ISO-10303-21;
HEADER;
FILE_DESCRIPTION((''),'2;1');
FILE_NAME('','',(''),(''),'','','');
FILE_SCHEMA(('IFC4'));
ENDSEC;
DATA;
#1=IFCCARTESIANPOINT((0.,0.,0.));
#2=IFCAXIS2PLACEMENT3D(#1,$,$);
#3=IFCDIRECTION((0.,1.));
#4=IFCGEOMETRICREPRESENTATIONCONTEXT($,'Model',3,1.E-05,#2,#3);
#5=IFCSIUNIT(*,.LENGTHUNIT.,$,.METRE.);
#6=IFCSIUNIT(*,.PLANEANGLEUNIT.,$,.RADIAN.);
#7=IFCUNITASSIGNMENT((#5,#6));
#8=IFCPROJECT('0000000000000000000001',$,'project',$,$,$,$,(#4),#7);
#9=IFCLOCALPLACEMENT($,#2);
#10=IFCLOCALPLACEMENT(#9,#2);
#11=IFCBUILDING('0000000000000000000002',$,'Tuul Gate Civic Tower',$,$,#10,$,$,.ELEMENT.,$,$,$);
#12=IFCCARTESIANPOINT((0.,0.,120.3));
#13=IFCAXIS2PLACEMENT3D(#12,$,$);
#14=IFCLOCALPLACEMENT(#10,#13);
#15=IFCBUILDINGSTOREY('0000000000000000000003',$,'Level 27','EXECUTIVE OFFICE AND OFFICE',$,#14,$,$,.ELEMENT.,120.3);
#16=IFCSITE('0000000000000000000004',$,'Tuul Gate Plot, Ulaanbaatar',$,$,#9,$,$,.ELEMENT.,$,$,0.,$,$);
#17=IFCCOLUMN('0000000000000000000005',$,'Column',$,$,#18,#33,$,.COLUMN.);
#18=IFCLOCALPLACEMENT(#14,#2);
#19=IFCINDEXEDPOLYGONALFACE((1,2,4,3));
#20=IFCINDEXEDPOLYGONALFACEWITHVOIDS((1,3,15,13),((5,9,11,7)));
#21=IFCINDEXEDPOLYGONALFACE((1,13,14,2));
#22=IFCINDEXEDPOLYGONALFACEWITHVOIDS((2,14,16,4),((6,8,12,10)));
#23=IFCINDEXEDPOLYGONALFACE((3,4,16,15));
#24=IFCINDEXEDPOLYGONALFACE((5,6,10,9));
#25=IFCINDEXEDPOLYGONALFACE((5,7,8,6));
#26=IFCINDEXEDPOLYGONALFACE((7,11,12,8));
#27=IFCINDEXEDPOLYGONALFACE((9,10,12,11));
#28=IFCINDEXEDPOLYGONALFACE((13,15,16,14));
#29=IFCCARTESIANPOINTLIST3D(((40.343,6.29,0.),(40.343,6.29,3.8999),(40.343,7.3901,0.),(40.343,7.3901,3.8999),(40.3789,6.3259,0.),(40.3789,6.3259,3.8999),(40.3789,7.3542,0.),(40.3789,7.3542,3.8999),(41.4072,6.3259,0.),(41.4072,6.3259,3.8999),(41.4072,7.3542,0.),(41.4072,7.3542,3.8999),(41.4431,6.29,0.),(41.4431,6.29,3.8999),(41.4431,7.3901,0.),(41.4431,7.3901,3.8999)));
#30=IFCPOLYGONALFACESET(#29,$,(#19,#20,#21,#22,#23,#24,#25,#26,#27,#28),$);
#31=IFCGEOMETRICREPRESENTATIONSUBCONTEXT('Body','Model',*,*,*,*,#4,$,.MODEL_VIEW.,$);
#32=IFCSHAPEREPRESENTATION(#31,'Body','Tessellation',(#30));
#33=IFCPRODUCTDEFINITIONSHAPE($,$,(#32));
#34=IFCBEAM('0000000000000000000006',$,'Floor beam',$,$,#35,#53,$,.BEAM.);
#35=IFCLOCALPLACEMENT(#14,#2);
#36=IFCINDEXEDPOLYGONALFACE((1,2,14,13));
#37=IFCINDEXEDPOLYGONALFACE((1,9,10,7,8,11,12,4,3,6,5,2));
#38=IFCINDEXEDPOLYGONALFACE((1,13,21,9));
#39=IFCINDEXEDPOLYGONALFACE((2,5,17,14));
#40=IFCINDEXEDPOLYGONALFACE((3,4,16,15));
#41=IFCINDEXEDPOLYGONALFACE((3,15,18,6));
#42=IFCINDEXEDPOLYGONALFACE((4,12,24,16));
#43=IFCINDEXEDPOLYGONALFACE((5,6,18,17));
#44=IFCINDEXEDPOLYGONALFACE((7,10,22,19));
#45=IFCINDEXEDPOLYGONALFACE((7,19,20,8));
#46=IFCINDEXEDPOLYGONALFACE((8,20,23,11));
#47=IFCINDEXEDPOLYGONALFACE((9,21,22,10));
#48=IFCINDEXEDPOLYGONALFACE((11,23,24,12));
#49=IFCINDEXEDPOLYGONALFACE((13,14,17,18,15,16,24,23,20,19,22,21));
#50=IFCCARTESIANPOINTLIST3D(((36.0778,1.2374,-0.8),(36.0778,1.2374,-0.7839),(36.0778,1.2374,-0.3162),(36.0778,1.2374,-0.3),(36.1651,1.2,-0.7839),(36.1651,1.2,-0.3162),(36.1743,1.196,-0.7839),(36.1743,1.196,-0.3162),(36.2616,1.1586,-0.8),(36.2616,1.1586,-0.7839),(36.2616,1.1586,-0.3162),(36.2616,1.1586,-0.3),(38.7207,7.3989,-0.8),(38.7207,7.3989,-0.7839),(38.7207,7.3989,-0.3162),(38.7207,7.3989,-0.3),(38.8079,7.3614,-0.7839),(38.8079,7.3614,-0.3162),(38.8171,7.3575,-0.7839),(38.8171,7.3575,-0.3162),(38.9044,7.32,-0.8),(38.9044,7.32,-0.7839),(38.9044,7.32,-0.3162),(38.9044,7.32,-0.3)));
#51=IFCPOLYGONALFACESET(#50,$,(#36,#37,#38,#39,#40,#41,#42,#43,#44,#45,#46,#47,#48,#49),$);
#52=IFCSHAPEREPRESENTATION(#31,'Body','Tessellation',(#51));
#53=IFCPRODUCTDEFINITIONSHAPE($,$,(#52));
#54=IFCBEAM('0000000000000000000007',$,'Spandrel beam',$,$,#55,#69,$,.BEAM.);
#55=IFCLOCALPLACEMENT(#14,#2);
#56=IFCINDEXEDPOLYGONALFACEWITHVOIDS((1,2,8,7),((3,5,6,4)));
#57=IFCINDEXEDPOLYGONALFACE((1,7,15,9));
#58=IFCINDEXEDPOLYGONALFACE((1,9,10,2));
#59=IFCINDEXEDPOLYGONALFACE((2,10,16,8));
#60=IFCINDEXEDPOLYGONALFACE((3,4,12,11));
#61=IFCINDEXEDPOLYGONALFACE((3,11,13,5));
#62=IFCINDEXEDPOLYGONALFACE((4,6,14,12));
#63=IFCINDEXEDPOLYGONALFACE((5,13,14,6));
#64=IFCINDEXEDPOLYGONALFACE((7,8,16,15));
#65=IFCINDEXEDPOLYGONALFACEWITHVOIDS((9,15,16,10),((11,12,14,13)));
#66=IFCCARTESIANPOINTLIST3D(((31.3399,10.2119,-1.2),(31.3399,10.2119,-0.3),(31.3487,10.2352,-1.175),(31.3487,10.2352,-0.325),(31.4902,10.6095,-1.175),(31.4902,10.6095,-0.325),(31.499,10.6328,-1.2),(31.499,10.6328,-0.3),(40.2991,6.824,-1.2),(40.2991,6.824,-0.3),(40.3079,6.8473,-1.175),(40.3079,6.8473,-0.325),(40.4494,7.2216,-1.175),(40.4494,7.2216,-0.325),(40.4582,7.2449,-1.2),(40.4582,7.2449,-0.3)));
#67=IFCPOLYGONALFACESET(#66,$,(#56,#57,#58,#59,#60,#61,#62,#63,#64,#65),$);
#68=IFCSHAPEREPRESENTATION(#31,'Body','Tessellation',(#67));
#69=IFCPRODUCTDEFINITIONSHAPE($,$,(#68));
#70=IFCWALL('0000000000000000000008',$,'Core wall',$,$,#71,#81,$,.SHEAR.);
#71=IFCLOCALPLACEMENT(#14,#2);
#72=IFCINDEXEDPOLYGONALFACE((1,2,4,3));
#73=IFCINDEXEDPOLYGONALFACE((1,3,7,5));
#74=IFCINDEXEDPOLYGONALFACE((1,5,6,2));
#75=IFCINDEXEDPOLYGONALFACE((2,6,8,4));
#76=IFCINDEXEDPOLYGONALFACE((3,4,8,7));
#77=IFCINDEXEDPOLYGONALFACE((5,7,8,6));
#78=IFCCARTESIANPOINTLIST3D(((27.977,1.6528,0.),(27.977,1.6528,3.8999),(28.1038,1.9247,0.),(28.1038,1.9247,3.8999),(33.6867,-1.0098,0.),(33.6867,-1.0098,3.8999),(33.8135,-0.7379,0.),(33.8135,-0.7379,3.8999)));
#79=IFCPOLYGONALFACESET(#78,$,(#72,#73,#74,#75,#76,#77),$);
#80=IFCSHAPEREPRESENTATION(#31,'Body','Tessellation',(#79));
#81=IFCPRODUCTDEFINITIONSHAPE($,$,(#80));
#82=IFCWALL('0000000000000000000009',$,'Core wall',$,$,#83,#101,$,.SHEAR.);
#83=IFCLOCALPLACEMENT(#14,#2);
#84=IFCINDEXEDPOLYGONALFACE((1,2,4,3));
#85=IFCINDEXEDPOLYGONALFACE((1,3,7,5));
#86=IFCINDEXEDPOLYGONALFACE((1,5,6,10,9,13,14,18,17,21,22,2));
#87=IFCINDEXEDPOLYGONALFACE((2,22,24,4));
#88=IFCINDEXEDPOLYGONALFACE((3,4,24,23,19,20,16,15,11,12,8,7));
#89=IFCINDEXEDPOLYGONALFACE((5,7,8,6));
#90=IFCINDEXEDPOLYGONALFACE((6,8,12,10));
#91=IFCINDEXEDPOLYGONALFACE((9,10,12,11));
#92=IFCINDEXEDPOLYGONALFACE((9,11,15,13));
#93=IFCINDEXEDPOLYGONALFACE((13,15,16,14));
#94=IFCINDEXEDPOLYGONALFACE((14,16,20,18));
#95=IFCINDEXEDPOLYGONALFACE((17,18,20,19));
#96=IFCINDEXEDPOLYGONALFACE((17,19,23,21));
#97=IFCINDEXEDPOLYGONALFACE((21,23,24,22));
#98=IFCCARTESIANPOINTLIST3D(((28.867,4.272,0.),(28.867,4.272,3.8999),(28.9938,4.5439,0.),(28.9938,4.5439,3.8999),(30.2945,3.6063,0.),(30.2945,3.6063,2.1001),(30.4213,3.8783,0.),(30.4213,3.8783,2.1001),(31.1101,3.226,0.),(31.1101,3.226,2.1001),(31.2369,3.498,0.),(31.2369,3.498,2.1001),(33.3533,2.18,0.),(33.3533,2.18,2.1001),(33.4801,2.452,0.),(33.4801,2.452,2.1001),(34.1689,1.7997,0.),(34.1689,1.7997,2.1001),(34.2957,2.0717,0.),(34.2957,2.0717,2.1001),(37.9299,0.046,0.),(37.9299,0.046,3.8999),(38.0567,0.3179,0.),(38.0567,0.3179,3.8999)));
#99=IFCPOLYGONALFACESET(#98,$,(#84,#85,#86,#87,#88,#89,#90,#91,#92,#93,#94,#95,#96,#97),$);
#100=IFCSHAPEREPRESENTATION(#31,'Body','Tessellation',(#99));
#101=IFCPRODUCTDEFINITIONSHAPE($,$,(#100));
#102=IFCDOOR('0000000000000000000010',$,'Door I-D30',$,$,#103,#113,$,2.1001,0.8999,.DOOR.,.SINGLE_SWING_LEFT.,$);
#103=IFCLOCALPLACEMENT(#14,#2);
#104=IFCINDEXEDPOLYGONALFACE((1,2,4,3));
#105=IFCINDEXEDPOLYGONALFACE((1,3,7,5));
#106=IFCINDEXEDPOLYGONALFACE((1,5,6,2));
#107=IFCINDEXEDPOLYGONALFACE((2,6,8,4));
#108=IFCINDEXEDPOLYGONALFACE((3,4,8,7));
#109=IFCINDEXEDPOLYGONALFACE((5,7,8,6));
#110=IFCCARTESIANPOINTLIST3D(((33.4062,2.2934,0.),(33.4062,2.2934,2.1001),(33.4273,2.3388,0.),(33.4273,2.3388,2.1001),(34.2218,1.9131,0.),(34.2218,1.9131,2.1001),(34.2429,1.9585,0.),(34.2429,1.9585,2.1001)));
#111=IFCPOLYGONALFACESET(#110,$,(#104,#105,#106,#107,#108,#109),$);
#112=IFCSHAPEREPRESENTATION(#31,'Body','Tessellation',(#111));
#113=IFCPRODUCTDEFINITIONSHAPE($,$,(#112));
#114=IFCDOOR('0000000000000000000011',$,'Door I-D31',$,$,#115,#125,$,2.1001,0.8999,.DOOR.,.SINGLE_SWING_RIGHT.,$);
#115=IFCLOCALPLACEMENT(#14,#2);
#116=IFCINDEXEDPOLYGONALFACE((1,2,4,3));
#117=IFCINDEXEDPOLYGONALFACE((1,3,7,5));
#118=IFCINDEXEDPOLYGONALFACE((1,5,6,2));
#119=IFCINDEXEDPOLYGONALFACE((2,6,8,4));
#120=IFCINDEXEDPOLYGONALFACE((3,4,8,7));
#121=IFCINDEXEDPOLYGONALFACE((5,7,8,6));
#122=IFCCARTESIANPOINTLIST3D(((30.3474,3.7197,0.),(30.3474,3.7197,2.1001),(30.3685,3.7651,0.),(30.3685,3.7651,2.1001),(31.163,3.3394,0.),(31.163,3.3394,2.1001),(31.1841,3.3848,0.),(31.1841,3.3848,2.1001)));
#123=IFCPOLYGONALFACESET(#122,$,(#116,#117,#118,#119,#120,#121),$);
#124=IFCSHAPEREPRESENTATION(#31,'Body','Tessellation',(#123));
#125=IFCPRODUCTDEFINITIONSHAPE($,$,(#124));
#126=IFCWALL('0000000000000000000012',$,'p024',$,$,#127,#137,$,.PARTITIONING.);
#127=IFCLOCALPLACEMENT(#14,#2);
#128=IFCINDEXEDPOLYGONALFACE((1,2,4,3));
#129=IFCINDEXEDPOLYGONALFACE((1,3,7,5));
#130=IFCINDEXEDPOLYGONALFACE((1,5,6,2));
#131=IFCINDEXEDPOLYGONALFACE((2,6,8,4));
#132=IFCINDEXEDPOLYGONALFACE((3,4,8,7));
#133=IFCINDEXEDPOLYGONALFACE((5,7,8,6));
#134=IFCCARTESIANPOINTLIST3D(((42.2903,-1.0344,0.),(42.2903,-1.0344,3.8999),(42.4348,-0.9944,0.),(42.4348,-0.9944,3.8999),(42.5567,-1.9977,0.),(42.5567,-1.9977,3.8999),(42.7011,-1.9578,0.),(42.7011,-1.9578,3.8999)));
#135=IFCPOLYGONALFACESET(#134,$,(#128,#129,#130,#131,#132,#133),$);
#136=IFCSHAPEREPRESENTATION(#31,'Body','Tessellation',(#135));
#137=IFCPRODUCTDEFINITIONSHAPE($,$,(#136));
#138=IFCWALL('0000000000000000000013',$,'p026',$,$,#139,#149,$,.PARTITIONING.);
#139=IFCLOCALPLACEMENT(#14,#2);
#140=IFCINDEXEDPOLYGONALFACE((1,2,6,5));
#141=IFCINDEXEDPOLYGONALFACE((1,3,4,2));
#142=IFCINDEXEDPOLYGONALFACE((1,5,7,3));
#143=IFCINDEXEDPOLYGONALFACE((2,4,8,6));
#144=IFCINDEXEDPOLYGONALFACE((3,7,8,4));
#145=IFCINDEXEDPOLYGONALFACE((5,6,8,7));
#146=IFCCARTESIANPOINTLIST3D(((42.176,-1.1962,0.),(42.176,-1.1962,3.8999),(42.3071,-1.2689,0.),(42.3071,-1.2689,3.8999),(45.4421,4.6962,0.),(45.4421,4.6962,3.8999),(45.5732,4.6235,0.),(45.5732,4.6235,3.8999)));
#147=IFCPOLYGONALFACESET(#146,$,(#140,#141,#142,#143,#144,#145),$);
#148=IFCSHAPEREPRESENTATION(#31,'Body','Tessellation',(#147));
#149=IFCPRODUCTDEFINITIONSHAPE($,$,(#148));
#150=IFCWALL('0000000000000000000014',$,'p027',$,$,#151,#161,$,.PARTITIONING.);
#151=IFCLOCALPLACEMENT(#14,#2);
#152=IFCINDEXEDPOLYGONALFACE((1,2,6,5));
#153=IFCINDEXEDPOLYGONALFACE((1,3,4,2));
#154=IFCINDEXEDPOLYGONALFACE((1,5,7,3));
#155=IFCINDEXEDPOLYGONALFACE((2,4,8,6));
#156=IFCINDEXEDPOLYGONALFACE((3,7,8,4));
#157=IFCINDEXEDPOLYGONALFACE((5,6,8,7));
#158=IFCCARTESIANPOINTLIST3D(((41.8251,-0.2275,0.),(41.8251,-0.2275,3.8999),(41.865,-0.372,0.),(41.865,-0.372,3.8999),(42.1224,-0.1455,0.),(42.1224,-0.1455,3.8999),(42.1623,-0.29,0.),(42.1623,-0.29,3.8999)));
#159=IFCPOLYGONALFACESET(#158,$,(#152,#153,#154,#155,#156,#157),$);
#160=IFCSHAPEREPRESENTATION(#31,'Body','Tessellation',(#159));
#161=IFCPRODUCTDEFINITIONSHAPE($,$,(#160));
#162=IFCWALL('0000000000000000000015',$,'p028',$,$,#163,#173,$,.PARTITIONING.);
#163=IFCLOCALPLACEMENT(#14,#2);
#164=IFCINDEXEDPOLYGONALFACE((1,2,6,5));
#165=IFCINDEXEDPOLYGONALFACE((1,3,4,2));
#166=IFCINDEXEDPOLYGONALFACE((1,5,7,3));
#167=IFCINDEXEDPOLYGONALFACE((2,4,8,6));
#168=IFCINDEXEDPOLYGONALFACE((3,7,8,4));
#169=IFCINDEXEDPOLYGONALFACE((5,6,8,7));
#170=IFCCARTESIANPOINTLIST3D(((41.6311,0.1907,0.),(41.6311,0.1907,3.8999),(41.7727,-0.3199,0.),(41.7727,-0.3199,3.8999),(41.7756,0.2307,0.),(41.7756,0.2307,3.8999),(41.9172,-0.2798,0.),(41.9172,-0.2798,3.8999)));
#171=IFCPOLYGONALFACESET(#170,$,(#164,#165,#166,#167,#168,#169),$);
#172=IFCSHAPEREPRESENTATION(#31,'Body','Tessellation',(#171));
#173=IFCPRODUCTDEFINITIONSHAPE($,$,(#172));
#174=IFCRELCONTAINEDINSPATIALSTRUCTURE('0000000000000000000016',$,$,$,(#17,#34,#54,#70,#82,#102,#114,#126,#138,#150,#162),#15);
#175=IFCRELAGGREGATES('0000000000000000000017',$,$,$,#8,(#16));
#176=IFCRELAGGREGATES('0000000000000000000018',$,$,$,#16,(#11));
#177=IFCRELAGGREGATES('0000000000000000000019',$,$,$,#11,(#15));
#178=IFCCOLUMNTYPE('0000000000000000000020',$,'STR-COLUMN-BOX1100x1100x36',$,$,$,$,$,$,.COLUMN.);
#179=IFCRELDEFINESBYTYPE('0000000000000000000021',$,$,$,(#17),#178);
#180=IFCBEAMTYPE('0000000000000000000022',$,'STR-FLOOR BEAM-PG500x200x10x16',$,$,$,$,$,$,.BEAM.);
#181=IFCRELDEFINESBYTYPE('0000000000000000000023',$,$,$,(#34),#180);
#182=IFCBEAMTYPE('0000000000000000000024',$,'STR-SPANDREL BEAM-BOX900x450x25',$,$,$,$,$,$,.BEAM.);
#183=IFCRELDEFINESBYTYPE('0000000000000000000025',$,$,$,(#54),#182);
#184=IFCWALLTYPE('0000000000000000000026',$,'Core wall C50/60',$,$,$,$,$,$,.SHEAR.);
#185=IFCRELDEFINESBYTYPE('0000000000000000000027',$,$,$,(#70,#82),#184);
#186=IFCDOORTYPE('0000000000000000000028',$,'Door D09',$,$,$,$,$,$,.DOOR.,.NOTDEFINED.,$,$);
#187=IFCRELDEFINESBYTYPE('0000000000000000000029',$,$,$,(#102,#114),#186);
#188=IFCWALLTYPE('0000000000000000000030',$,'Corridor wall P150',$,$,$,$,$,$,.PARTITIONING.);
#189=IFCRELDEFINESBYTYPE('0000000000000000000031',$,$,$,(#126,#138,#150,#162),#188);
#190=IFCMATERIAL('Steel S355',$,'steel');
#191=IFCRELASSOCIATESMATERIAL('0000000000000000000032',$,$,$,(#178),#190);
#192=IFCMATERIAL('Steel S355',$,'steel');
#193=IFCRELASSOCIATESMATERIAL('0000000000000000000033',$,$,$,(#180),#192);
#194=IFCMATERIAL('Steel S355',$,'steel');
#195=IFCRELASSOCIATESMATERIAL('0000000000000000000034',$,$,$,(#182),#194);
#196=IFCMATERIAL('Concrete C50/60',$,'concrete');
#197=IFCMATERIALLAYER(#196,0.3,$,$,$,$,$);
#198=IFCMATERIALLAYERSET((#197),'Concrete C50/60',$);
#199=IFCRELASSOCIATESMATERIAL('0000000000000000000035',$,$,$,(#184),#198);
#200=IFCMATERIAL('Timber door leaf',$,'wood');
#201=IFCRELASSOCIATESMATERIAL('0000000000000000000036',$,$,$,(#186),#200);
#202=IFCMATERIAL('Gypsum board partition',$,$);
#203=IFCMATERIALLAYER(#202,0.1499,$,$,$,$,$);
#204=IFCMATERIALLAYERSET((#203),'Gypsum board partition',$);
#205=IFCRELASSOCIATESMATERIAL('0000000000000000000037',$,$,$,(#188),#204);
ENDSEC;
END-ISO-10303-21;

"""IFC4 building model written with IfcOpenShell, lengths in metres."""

from ifc_helpers import new_model, si_unit, direction, frame, frame_2d, origin, origin_2d, place, context, subcontext, project, spatial, rectangle, hollow_rectangle, i_section, extrude, material, layer, layer_set, material_profile, profile_set, type_object, element, fill, save


model = new_model("IFC4")

# Units and contexts
model_context = context("Model", 3, precision=1e-05, world=origin(), true_north=direction((0.0, 1.0)))
body_context = subcontext(model_context, "Body", "Model", "MODEL_VIEW")
ifc_project = project(units=[si_unit("LENGTHUNIT", "METRE"), si_unit("PLANEANGLEUNIT", "RADIAN")], contexts=[model_context])

# Site, building, storey
site_placement = place(None, origin())
site = spatial("IfcSite", under=ifc_project, at=site_placement, Name="Tuul Gate Plot, Ulaanbaatar", CompositionType="ELEMENT", RefElevation=0.0)
building_placement = place(site_placement, origin())
building = spatial("IfcBuilding", under=site, at=building_placement, Name="Tuul Gate Civic Tower", CompositionType="ELEMENT")
storey_placement = place(building_placement, frame((0.0, 0.0, 120.3)))
storey = spatial("IfcBuildingStorey", under=building, at=storey_placement, Name="Level 27", Description="EXECUTIVE OFFICE AND OFFICE", CompositionType="ELEMENT", Elevation=120.3)

# Column
ifc_material_1 = material(Name="Steel S355", Category="steel")
ifc_material_profile_1 = material_profile(ifc_material_1, hollow_rectangle(XDim=1.1001, YDim=1.1001, WallThickness=0.0359, at=origin_2d()), Name="BOX1100x1100x36")
ifc_profile_set_1 = profile_set([ifc_material_profile_1], Name="Steel S355")
column_type = type_object("IfcColumnType", Name="STR-COLUMN-BOX1100x1100x36", PredefinedType="COLUMN", material=ifc_profile_set_1)
column_placement = place(storey_placement, frame((40.8931, 6.8401, 0.0), z_axis=(0.0, 0.0, 1.0), x_axis=(1.0, 0.0, 0.0)))
element("IfcColumn", 1, at=column_placement, inside=storey, type_object=column_type, Name="Column", PredefinedType="COLUMN", context=body_context, shape_type="SweptSolid", body=[
    extrude(hollow_rectangle(XDim=1.1001, YDim=1.1001, WallThickness=0.0359, at=origin_2d()), origin(), (0.0, 0.0, 1.0), 3.8999),
])

# Beams
ifc_material_2 = material(Name="Steel S355", Category="steel")
ifc_material_profile_2 = material_profile(ifc_material_2, i_section(OverallWidth=0.2, OverallDepth=0.5, WebThickness=0.01, FlangeThickness=0.0161, at=origin_2d()), Name="PG500x200x10x16")
ifc_profile_set_2 = profile_set([ifc_material_profile_2], Name="Steel S355")
beam_type_1 = type_object("IfcBeamType", Name="STR-FLOOR BEAM-PG500x200x10x16", PredefinedType="BEAM", material=ifc_profile_set_2)
beam_1_placement = place(storey_placement, frame((36.1697, 1.198, -0.55), z_axis=(0.394201, 0.919024, 0.0), x_axis=(-0.919024, 0.394201, 0.0)))
element("IfcBeam", 2, at=beam_1_placement, inside=storey, type_object=beam_type_1, Name="Floor beam", PredefinedType="BEAM", context=body_context, shape_type="SweptSolid", body=[
    extrude(i_section(OverallWidth=0.2, OverallDepth=0.5, WebThickness=0.01, FlangeThickness=0.0161, at=origin_2d()), origin(), (0.0, 0.0, 1.0), 6.7043),
])
ifc_material_3 = material(Name="Steel S355", Category="steel")
ifc_material_profile_3 = material_profile(ifc_material_3, hollow_rectangle(XDim=0.45, YDim=0.8999, WallThickness=0.0249, at=origin_2d()), Name="BOX900x450x25")
ifc_profile_set_3 = profile_set([ifc_material_profile_3], Name="Steel S355")
beam_type_2 = type_object("IfcBeamType", Name="STR-SPANDREL BEAM-BOX900x450x25", PredefinedType="BEAM", material=ifc_profile_set_3)
beam_2_placement = place(storey_placement, frame((40.3787, 7.0344, -0.75), z_axis=(-0.935357, 0.353706, 0.0), x_axis=(-0.353706, -0.935357, 0.0)))
element("IfcBeam", 3, at=beam_2_placement, inside=storey, type_object=beam_type_2, Name="Spandrel beam", PredefinedType="BEAM", context=body_context, shape_type="SweptSolid", body=[
    extrude(hollow_rectangle(XDim=0.45, YDim=0.8999, WallThickness=0.0249, at=origin_2d()), origin(), (0.0, 0.0, 1.0), 9.5784),
])

# Wall
ifc_material_4 = material(Name="Concrete C50/60", Category="concrete")
ifc_layer_1 = layer(ifc_material_4, 0.3)
ifc_layer_set_1 = layer_set([ifc_layer_1], Name="Concrete C50/60")
wall_type_1 = type_object("IfcWallType", Name="Core wall C50/60", PredefinedType="SHEAR", material=ifc_layer_set_1)
wall_1_placement = place(storey_placement, frame((33.75, -0.8738, 0.0), z_axis=(0.0, 0.0, 1.0), x_axis=(-0.906301, 0.422633, 0.0)))
element("IfcWall", 4, at=wall_1_placement, inside=storey, type_object=wall_type_1, Name="Core wall", PredefinedType="SHEAR", context=body_context, shape_type="SweptSolid", body=[
    extrude(rectangle(XDim=6.3, YDim=0.3, at=frame_2d((3.1499, 0.0))), origin(), (0.0, 0.0, 1.0), 3.8999),
])

# Wall, openings, doors
wall_2_placement = place(storey_placement, frame((37.9934, 0.1819, 0.0), z_axis=(0.0, 0.0, 1.0), x_axis=(-0.90631, 0.422613, 0.0)))
wall_2 = element("IfcWall", 5, at=wall_2_placement, inside=storey, type_object=wall_type_1, Name="Core wall", PredefinedType="SHEAR", context=body_context, shape_type="SweptSolid", body=[
    extrude(rectangle(XDim=9.9998, YDim=0.3, at=frame_2d((5.0, 0.0))), origin(), (0.0, 0.0, 1.0), 3.8999),
])
opening_1_placement = place(wall_2_placement, frame((4.1499, 0.0, 0.0)))
opening_1 = element("IfcOpeningElement", 6, at=opening_1_placement, cuts=wall_2, PredefinedType="OPENING", context=body_context, shape_type="SweptSolid", body=[
    extrude(rectangle(XDim=0.8999, YDim=2.1001, at=frame_2d((0.45, 1.05))), frame((0.0, 0.1602, 0.0), z_axis=(0.0, -1.0, 0.0), x_axis=(1.0, 0.0, 0.0)), (0.0, 0.0, 1.0), 0.3201),
])
opening_2_placement = place(wall_2_placement, frame((7.5249, 0.0, 0.0)))
opening_2 = element("IfcOpeningElement", 7, at=opening_2_placement, cuts=wall_2, PredefinedType="OPENING", context=body_context, shape_type="SweptSolid", body=[
    extrude(rectangle(XDim=0.8999, YDim=2.1001, at=frame_2d((0.45, 1.05))), frame((0.0, 0.1602, 0.0), z_axis=(0.0, -1.0, 0.0), x_axis=(1.0, 0.0, 0.0)), (0.0, 0.0, 1.0), 0.3201),
])
ifc_material_5 = material(Name="Timber door leaf", Category="wood")
door_type_1 = type_object("IfcDoorType", Name="Door D09", OperationType="NOTDEFINED", PredefinedType="DOOR", material=ifc_material_5)
door_1_placement = place(opening_1_placement, origin())
door_1 = element("IfcDoor", 8, at=door_1_placement, inside=storey, type_object=door_type_1, Name="Door I-D30", OperationType="SINGLE_SWING_LEFT", OverallHeight=2.1001, OverallWidth=0.8999, PredefinedType="DOOR", context=body_context, shape_type="SweptSolid", body=[
    extrude(rectangle(XDim=0.8999, YDim=2.1001, at=frame_2d((0.45, 1.05))), frame((0.0, 0.0249, 0.0), z_axis=(0.0, -1.0, 0.0), x_axis=(1.0, 0.0, 0.0)), (0.0, 0.0, 1.0), 0.05),
])
fill(opening_1, door_1)
door_2_placement = place(opening_2_placement, origin())
door_2 = element("IfcDoor", 9, at=door_2_placement, inside=storey, type_object=door_type_1, Name="Door I-D31", OperationType="SINGLE_SWING_RIGHT", OverallHeight=2.1001, OverallWidth=0.8999, PredefinedType="DOOR", context=body_context, shape_type="SweptSolid", body=[
    extrude(rectangle(XDim=0.8999, YDim=2.1001, at=frame_2d((0.45, 1.05))), frame((0.0, 0.0249, 0.0), z_axis=(0.0, -1.0, 0.0), x_axis=(1.0, 0.0, 0.0)), (0.0, 0.0, 1.0), 0.05),
])
fill(opening_2, door_2)

# Walls
ifc_material_6 = material(Name="Gypsum board partition")
ifc_layer_2 = layer(ifc_material_6, 0.1499)
ifc_layer_set_2 = layer_set([ifc_layer_2], Name="Gypsum board partition")
wall_type_2 = type_object("IfcWallType", Name="Corridor wall P150", PredefinedType="PARTITIONING", material=ifc_layer_set_2)
wall_3_placement = place(storey_placement, frame((42.3625, -1.0144, 0.0), z_axis=(0.0, 0.0, 1.0), x_axis=(0.266485, -0.963839, 0.0)))
element("IfcWall", 10, at=wall_3_placement, inside=storey, type_object=wall_type_2, Name="p024", PredefinedType="PARTITIONING", context=body_context, shape_type="SweptSolid", body=[
    extrude(rectangle(XDim=0.9995, YDim=0.1499, at=frame_2d((0.4998, 0.0))), origin(), (0.0, 0.0, 1.0), 3.8999),
])
wall_4_placement = place(storey_placement, frame((42.2415, -1.2327, 0.0), z_axis=(0.0, 0.0, 1.0), x_axis=(0.484803, 0.874624, 0.0)))
element("IfcWall", 11, at=wall_4_placement, inside=storey, type_object=wall_type_2, Name="p026", PredefinedType="PARTITIONING", context=body_context, shape_type="SweptSolid", body=[
    extrude(rectangle(XDim=6.7371, YDim=0.1499, at=frame_2d((3.3687, 0.0))), origin(), (0.0, 0.0, 1.0), 3.8999),
])
wall_5_placement = place(storey_placement, frame((41.845, -0.2998, 0.0), z_axis=(0.0, 0.0, 1.0), x_axis=(0.963937, 0.266132, 0.0)))
element("IfcWall", 12, at=wall_5_placement, inside=storey, type_object=wall_type_2, Name="p027", PredefinedType="PARTITIONING", context=body_context, shape_type="SweptSolid", body=[
    extrude(rectangle(XDim=0.3083, YDim=0.1499, at=frame_2d((0.1543, 0.0))), origin(), (0.0, 0.0, 1.0), 3.8999),
])
wall_6_placement = place(storey_placement, frame((41.7034, 0.2107, 0.0), z_axis=(0.0, 0.0, 1.0), x_axis=(0.267287, -0.963617, 0.0)))
element("IfcWall", 13, at=wall_6_placement, inside=storey, type_object=wall_type_2, Name="p028", PredefinedType="PARTITIONING", context=body_context, shape_type="SweptSolid", body=[
    extrude(rectangle(XDim=0.5298, YDim=0.1499, at=frame_2d((0.2649, 0.0))), origin(), (0.0, 0.0, 1.0), 3.8999),
])

save(model, "model.ifc")
